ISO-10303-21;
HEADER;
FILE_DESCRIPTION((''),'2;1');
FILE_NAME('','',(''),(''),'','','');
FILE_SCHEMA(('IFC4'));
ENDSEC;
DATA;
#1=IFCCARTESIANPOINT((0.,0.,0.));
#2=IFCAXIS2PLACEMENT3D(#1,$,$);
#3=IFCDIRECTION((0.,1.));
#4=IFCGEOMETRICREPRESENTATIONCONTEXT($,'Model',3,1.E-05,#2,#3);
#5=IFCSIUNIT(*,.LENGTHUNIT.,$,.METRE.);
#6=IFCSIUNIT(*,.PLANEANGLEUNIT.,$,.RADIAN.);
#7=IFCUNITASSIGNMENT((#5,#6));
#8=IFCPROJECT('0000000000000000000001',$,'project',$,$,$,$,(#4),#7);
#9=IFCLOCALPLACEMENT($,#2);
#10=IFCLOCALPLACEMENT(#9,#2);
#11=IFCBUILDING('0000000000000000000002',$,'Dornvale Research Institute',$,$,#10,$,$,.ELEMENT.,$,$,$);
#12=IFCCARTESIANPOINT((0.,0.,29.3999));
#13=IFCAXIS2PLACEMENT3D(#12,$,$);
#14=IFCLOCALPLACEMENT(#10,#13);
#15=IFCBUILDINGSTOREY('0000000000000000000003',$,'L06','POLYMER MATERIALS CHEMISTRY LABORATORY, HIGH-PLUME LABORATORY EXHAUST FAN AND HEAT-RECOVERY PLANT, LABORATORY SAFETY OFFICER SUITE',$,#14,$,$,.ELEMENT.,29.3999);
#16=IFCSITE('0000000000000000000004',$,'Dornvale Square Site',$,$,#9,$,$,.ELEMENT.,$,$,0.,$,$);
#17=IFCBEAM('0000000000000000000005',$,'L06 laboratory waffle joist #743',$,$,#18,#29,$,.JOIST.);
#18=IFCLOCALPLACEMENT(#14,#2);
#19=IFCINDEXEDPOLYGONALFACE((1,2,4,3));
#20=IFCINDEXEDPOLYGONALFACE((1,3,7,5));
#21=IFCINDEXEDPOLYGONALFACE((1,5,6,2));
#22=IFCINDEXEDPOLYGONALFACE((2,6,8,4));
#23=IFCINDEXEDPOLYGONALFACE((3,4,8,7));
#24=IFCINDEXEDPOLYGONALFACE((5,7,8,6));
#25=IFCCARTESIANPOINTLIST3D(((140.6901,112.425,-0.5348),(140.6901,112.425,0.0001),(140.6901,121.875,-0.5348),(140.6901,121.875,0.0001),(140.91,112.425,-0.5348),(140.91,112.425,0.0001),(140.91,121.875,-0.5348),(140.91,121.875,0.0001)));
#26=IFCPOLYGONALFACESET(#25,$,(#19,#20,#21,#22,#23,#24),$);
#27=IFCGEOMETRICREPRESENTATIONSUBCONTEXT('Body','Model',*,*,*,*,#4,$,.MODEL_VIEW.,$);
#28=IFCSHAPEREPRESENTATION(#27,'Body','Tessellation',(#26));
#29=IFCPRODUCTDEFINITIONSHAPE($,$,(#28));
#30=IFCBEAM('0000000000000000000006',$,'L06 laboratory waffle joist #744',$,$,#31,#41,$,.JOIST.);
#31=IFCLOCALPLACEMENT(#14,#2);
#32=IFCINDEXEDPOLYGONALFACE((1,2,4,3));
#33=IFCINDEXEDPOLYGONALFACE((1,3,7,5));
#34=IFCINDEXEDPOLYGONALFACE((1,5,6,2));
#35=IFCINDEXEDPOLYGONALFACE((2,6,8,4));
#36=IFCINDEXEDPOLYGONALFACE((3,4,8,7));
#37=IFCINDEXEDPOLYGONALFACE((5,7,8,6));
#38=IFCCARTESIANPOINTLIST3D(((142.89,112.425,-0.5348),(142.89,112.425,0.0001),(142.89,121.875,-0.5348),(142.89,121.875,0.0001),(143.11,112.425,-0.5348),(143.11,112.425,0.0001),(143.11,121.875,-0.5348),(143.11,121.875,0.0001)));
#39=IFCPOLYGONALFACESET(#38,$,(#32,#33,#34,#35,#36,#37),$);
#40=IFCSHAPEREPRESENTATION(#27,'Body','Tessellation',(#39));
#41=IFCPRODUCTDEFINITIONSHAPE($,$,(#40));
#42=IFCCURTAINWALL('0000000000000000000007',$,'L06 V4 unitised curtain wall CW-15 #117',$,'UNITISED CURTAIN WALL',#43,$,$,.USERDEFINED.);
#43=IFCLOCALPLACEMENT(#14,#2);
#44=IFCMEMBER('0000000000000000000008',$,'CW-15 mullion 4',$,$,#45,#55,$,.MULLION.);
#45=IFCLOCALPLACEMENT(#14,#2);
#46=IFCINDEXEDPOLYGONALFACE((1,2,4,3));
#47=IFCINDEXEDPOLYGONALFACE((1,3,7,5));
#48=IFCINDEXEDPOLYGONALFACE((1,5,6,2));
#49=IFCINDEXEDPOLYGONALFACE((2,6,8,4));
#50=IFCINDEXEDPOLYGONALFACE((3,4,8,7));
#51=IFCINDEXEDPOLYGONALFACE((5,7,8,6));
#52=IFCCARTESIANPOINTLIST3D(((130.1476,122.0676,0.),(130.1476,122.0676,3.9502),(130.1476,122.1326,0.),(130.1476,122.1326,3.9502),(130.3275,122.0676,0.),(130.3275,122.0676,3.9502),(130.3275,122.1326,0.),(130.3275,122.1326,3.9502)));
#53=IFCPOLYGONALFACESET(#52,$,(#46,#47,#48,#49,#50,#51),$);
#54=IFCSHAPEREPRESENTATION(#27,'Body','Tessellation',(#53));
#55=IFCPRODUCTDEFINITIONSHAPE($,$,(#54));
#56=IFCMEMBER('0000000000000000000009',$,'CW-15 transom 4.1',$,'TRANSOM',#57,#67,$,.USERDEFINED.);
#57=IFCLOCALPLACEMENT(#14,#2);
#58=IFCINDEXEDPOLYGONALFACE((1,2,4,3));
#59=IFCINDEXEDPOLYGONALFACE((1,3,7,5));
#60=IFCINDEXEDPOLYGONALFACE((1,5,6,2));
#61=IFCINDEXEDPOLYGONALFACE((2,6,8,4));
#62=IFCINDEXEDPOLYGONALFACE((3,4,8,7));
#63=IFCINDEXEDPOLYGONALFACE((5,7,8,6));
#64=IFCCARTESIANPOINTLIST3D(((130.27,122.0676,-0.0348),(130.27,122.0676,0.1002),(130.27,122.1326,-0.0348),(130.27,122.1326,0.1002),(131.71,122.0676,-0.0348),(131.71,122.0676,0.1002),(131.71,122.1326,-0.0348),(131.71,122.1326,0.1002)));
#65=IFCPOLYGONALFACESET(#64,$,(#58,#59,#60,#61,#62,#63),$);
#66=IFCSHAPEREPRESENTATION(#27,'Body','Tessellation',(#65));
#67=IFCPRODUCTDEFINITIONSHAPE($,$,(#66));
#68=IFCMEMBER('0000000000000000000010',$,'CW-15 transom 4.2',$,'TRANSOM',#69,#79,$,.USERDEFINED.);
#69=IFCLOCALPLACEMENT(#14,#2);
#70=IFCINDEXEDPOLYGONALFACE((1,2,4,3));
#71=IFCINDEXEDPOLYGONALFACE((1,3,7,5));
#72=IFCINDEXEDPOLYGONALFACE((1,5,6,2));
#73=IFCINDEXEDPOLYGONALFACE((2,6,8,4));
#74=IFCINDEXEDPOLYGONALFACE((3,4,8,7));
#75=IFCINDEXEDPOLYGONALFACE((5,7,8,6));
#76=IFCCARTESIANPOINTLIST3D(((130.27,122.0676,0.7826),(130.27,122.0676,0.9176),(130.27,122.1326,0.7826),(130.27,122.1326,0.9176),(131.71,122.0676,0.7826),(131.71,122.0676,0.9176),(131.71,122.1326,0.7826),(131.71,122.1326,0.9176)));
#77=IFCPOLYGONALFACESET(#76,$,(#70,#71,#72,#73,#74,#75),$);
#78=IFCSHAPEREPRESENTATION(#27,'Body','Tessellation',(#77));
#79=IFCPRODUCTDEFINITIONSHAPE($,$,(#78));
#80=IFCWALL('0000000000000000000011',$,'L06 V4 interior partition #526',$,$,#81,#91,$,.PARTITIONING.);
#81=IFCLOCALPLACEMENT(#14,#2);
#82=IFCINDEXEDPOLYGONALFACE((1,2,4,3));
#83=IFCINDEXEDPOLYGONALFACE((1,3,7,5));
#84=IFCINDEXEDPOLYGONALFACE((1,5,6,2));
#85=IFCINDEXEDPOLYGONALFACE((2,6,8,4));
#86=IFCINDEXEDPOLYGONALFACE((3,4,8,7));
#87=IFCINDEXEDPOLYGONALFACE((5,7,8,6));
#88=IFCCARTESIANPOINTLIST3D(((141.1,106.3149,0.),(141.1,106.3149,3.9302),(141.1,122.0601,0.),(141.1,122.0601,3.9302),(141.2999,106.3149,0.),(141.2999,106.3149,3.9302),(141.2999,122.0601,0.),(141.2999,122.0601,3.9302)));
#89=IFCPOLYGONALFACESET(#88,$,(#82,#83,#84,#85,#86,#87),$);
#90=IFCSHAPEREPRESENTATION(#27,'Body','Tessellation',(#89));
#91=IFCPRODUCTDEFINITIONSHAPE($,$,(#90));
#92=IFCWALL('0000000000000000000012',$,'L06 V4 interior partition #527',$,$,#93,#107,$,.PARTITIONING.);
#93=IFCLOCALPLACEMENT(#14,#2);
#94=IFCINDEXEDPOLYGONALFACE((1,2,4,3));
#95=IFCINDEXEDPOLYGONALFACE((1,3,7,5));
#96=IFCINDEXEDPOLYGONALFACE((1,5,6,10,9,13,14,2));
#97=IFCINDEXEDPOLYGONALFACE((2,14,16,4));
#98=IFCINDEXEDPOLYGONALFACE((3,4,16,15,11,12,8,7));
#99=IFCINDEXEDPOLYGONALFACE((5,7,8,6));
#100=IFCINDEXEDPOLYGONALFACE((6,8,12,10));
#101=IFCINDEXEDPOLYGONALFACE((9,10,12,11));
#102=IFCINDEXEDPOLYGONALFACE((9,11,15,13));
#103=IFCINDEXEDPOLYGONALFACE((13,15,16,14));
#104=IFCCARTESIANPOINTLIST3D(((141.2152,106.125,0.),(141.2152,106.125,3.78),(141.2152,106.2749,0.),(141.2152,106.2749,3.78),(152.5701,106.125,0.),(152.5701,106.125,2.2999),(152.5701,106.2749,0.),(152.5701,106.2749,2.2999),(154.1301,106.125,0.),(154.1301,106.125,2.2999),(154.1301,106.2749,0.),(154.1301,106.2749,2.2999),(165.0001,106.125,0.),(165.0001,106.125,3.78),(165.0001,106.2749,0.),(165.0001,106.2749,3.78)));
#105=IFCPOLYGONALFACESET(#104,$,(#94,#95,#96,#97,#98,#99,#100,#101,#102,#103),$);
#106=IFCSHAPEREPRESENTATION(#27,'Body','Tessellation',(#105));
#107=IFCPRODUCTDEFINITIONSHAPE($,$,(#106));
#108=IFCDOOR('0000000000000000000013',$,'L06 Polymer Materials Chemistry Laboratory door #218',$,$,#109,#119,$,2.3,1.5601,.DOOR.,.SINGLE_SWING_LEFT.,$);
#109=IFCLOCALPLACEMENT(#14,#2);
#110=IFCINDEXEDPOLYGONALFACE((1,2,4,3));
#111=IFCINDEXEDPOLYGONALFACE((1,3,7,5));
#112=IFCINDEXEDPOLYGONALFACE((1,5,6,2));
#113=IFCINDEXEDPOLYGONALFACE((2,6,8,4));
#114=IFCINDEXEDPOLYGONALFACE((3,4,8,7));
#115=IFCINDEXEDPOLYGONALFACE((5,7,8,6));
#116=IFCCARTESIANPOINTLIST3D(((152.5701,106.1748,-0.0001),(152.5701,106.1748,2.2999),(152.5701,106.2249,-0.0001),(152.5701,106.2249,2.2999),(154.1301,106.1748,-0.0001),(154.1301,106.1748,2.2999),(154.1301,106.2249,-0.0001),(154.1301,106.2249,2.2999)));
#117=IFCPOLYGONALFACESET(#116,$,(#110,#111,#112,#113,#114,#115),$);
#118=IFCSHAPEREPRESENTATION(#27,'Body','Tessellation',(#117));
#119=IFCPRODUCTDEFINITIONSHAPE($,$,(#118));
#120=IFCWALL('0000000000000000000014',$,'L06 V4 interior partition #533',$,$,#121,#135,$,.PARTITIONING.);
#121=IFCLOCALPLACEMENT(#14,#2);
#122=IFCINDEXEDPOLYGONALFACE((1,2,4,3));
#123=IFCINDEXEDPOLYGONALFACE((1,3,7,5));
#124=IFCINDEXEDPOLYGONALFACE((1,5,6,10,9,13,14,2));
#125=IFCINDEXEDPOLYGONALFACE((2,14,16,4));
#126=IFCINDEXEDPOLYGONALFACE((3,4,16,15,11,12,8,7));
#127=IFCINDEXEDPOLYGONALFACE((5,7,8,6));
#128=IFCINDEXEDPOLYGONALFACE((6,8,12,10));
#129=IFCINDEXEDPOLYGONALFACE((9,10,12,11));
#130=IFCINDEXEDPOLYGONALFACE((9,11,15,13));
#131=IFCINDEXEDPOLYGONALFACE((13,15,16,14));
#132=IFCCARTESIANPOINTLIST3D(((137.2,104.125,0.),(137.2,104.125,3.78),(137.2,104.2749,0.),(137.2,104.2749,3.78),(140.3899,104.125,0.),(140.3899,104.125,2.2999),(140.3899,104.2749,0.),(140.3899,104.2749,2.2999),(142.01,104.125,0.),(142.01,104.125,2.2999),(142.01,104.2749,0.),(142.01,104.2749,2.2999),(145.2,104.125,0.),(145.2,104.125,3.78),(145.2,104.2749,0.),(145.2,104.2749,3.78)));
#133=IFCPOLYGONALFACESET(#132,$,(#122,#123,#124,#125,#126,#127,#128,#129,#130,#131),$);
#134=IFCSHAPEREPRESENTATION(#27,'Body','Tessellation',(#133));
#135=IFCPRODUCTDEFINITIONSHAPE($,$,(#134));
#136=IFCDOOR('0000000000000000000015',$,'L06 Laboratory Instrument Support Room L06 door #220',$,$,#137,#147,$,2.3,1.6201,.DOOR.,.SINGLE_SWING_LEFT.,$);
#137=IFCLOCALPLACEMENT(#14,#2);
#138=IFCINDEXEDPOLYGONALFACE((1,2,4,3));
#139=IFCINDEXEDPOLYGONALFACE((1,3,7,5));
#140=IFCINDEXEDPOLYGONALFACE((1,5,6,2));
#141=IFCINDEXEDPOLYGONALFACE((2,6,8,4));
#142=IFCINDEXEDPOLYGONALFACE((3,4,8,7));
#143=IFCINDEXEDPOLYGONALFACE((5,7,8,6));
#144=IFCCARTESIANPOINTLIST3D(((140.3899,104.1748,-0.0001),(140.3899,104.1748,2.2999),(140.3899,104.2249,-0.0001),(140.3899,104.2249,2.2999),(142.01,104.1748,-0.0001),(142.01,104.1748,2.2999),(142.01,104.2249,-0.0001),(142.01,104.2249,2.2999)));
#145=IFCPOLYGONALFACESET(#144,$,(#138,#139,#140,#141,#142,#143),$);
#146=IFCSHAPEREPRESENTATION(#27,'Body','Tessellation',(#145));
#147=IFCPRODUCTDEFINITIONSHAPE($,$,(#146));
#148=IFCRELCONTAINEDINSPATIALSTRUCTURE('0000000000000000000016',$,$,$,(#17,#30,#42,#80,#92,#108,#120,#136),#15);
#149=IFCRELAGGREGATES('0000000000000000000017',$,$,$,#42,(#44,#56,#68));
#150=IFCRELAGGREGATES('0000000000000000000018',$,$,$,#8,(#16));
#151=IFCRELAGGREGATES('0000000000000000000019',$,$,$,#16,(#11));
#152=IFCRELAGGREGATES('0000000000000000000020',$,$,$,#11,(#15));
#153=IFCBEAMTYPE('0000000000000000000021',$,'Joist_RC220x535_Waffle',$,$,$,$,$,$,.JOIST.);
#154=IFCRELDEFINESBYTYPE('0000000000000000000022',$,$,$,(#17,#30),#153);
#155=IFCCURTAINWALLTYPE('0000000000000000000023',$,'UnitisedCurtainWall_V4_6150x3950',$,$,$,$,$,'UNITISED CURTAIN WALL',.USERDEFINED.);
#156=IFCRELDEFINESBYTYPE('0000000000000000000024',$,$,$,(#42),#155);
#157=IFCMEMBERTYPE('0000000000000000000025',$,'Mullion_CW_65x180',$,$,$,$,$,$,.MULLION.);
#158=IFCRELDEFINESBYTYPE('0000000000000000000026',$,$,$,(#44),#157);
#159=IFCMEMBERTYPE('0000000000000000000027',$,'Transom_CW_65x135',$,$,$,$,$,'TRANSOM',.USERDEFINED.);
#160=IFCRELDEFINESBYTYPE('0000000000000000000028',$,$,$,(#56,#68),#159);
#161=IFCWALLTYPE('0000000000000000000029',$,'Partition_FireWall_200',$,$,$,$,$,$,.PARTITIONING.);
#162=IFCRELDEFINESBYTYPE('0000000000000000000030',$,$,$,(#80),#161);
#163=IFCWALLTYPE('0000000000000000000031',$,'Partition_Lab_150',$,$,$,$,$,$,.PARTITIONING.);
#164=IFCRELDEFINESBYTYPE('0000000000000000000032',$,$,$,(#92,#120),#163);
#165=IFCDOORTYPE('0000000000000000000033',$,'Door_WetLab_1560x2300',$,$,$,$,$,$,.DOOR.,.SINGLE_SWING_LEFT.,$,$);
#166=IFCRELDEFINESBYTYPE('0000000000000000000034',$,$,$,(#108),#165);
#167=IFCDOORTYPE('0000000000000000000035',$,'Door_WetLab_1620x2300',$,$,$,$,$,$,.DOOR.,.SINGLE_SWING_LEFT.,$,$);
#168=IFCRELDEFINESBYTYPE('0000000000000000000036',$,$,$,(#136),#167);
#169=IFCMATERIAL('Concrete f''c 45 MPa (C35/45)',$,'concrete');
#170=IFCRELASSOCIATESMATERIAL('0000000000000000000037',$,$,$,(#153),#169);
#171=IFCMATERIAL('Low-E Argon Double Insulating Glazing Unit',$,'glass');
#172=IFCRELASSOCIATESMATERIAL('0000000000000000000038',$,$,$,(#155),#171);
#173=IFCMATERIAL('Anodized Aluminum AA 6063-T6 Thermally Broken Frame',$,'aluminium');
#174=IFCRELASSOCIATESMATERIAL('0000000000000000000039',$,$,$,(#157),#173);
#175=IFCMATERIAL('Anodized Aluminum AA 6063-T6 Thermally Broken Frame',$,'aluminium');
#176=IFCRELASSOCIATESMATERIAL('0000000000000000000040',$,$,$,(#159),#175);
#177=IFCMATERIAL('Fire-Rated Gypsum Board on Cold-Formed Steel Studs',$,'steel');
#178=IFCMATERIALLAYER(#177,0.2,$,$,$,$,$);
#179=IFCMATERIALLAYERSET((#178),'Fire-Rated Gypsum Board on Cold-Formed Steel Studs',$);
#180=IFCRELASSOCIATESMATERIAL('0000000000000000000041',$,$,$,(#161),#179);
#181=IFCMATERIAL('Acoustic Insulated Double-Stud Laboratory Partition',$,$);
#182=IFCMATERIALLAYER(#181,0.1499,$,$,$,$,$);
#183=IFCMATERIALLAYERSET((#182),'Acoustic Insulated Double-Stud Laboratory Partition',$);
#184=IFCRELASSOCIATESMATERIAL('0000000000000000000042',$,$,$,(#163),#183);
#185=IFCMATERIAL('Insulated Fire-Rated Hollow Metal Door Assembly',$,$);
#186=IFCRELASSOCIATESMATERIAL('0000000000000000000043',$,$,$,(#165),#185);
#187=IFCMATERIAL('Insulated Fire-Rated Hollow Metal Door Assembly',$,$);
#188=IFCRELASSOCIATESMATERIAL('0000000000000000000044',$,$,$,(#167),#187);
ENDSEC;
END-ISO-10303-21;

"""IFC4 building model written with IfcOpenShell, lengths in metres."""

from ifc_helpers import new_model, si_unit, direction, frame, frame_2d, origin, origin_2d, place, context, subcontext, project, spatial, rectangle, extrude, material, layer, layer_set, material_profile, profile_set, type_object, element, fill, aggregate, save


model = new_model("IFC4")

# Units and contexts
model_context = context("Model", 3, precision=1e-05, world=origin(), true_north=direction((0.0, 1.0)))
body_context = subcontext(model_context, "Body", "Model", "MODEL_VIEW")
ifc_project = project(units=[si_unit("LENGTHUNIT", "METRE"), si_unit("PLANEANGLEUNIT", "RADIAN")], contexts=[model_context])

# Site, building, storey
site_placement = place(None, origin())
site = spatial("IfcSite", under=ifc_project, at=site_placement, Name="Dornvale Square Site", CompositionType="ELEMENT", RefElevation=0.0)
building_placement = place(site_placement, origin())
building = spatial("IfcBuilding", under=site, at=building_placement, Name="Dornvale Research Institute", CompositionType="ELEMENT")
storey_placement = place(building_placement, frame((0.0, 0.0, 29.3999)))
storey = spatial("IfcBuildingStorey", under=building, at=storey_placement, Name="L06", Description="POLYMER MATERIALS CHEMISTRY LABORATORY, HIGH-PLUME LABORATORY EXHAUST FAN AND HEAT-RECOVERY PLANT, LABORATORY SAFETY OFFICER SUITE", CompositionType="ELEMENT", Elevation=29.3999)

# Beams
ifc_material_1 = material(Name="Concrete f'c 45 MPa (C35/45)", Category="concrete")
ifc_material_profile_1 = material_profile(ifc_material_1, rectangle(XDim=0.22, YDim=0.5349, at=origin_2d()), Name="RC 220x535")
ifc_profile_set_1 = profile_set([ifc_material_profile_1], Name="Concrete f'c 45 MPa (C35/45)")
beam_type_1 = type_object("IfcBeamType", Name="Joist_RC220x535_Waffle", PredefinedType="JOIST", material=ifc_profile_set_1)
for number, where, z_axis, x_axis, name in (
    (1, (140.8, 112.425, -0.2673), (0.0, 1.0, 0.0), (-1.0, 0.0, 0.0), "L06 laboratory waffle joist #743"),
    (2, (143.0, 112.425, -0.2673), (0.0, 1.0, 0.0), (-1.0, 0.0, 0.0), "L06 laboratory waffle joist #744"),
):
    element("IfcBeam", number, at=place(storey_placement, frame(where, z_axis=z_axis, x_axis=x_axis)), inside=storey, type_object=beam_type_1, Name=name, PredefinedType="JOIST", context=body_context, shape_type="SweptSolid", body=[
        extrude(rectangle(XDim=0.22, YDim=0.5349, at=origin_2d()), origin(), (0.0, 0.0, 1.0), 9.45),
    ])

# Curtain wall, members
ifc_material_2 = material(Name="Low-E Argon Double Insulating Glazing Unit", Category="glass")
curtain_wall_type = type_object("IfcCurtainWallType", Name="UnitisedCurtainWall_V4_6150x3950", ElementType="UNITISED CURTAIN WALL", PredefinedType="USERDEFINED", material=ifc_material_2)
curtain_wall_placement = place(storey_placement, origin())
curtain_wall = element("IfcCurtainWall", 3, at=curtain_wall_placement, inside=storey, type_object=curtain_wall_type, Name="L06 V4 unitised curtain wall CW-15 #117", ObjectType="UNITISED CURTAIN WALL", PredefinedType="USERDEFINED")
ifc_material_3 = material(Name="Anodized Aluminum AA 6063-T6 Thermally Broken Frame", Category="aluminium")
ifc_material_profile_2 = material_profile(ifc_material_3, rectangle(XDim=0.0649, YDim=0.1799, at=origin_2d()), Name="ALU MULLION 65x180")
ifc_profile_set_2 = profile_set([ifc_material_profile_2], Name="Anodized Aluminum AA 6063-T6 Thermally Broken Frame")
member_type_1 = type_object("IfcMemberType", Name="Mullion_CW_65x180", PredefinedType="MULLION", material=ifc_profile_set_2)
member_1_placement = place(storey_placement, frame((130.2375, 122.1001, 0.0), z_axis=(0.0, 0.0, 1.0), x_axis=(0.0, 1.0, 0.0)))
member_1 = element("IfcMember", 4, at=member_1_placement, type_object=member_type_1, Name="CW-15 mullion 4", PredefinedType="MULLION", context=body_context, shape_type="SweptSolid", body=[
    extrude(rectangle(XDim=0.0649, YDim=0.1799, at=origin_2d()), origin(), (0.0, 0.0, 1.0), 3.9502),
])
ifc_material_4 = material(Name="Anodized Aluminum AA 6063-T6 Thermally Broken Frame", Category="aluminium")
ifc_material_profile_3 = material_profile(ifc_material_4, rectangle(XDim=0.0649, YDim=0.135, at=origin_2d()), Name="ALU TRANSOM 65x135")
ifc_profile_set_3 = profile_set([ifc_material_profile_3], Name="Anodized Aluminum AA 6063-T6 Thermally Broken Frame")
member_type_2 = type_object("IfcMemberType", Name="Transom_CW_65x135", ElementType="TRANSOM", PredefinedType="USERDEFINED", material=ifc_profile_set_3)
member_2_placement = place(storey_placement, frame((130.27, 122.1001, 0.0327), z_axis=(1.0, 0.0, 0.0), x_axis=(0.0, 1.0, 0.0)))
member_2 = element("IfcMember", 5, at=member_2_placement, type_object=member_type_2, Name="CW-15 transom 4.1", ObjectType="TRANSOM", PredefinedType="USERDEFINED", context=body_context, shape_type="SweptSolid", body=[
    extrude(rectangle(XDim=0.0649, YDim=0.135, at=origin_2d()), origin(), (0.0, 0.0, 1.0), 1.4399),
])
member_3_placement = place(storey_placement, frame((130.27, 122.1001, 0.8501), z_axis=(1.0, 0.0, 0.0), x_axis=(0.0, 1.0, 0.0)))
member_3 = element("IfcMember", 6, at=member_3_placement, type_object=member_type_2, Name="CW-15 transom 4.2", ObjectType="TRANSOM", PredefinedType="USERDEFINED", context=body_context, shape_type="SweptSolid", body=[
    extrude(rectangle(XDim=0.0649, YDim=0.135, at=origin_2d()), origin(), (0.0, 0.0, 1.0), 1.4399),
])
aggregate(curtain_wall, [member_1, member_2, member_3])

# Wall
ifc_material_5 = material(Name="Fire-Rated Gypsum Board on Cold-Formed Steel Studs", Category="steel")
ifc_layer_1 = layer(ifc_material_5, 0.2)
ifc_layer_set_1 = layer_set([ifc_layer_1], Name="Fire-Rated Gypsum Board on Cold-Formed Steel Studs")
wall_type_1 = type_object("IfcWallType", Name="Partition_FireWall_200", PredefinedType="PARTITIONING", material=ifc_layer_set_1)
wall_1_placement = place(storey_placement, frame((141.2, 106.3149, 0.0), z_axis=(0.0, 0.0, 1.0), x_axis=(0.0, 1.0, 0.0)))
element("IfcWall", 7, at=wall_1_placement, inside=storey, type_object=wall_type_1, Name="L06 V4 interior partition #526", PredefinedType="PARTITIONING", context=body_context, shape_type="SweptSolid", body=[
    extrude(rectangle(XDim=15.7451, YDim=0.2, at=frame_2d((7.8726, 0.0))), origin(), (0.0, 0.0, 1.0), 3.9302),
])

# Walls, openings, doors
ifc_material_6 = material(Name="Acoustic Insulated Double-Stud Laboratory Partition")
ifc_layer_2 = layer(ifc_material_6, 0.1499)
ifc_layer_set_2 = layer_set([ifc_layer_2], Name="Acoustic Insulated Double-Stud Laboratory Partition")
wall_type_2 = type_object("IfcWallType", Name="Partition_Lab_150", PredefinedType="PARTITIONING", material=ifc_layer_set_2)
wall_2_placement = place(storey_placement, frame((141.2151, 106.2, 0.0), z_axis=(0.0, 0.0, 1.0), x_axis=(1.0, 0.0, 0.0)))
wall_2 = element("IfcWall", 8, at=wall_2_placement, inside=storey, type_object=wall_type_2, Name="L06 V4 interior partition #527", PredefinedType="PARTITIONING", context=body_context, shape_type="SweptSolid", body=[
    extrude(rectangle(XDim=23.7849, YDim=0.1499, at=frame_2d((11.8926, 0.0))), origin(), (0.0, 0.0, 1.0), 3.78),
])
opening_1_placement = place(wall_2_placement, frame((11.355, 0.0, 0.0)))
opening_1 = element("IfcOpeningElement", 9, at=opening_1_placement, cuts=wall_2, PredefinedType="OPENING", context=body_context, shape_type="SweptSolid", body=[
    extrude(rectangle(XDim=1.5601, YDim=2.3, at=frame_2d((0.78, 1.1499))), frame((0.0, 0.0898, 0.0), z_axis=(0.0, -1.0, 0.0), x_axis=(1.0, 0.0, 0.0)), (0.0, 0.0, 1.0), 0.1799),
])
ifc_material_7 = material(Name="Insulated Fire-Rated Hollow Metal Door Assembly")
door_type_1 = type_object("IfcDoorType", Name="Door_WetLab_1560x2300", OperationType="SINGLE_SWING_LEFT", PredefinedType="DOOR", material=ifc_material_7)
door_1_placement = place(opening_1_placement, origin())
door_1 = element("IfcDoor", 10, at=door_1_placement, inside=storey, type_object=door_type_1, Name="L06 Polymer Materials Chemistry Laboratory door #218", OperationType="SINGLE_SWING_LEFT", OverallHeight=2.3, OverallWidth=1.5601, PredefinedType="DOOR", context=body_context, shape_type="SweptSolid", body=[
    extrude(rectangle(XDim=1.5601, YDim=2.3, at=frame_2d((0.78, 1.1499))), frame((0.0, 0.0249, 0.0), z_axis=(0.0, -1.0, 0.0), x_axis=(1.0, 0.0, 0.0)), (0.0, 0.0, 1.0), 0.05),
])
fill(opening_1, door_1)
wall_3_placement = place(storey_placement, frame((137.2, 104.2, 0.0), z_axis=(0.0, 0.0, 1.0), x_axis=(1.0, 0.0, 0.0)))
wall_3 = element("IfcWall", 11, at=wall_3_placement, inside=storey, type_object=wall_type_2, Name="L06 V4 interior partition #533", PredefinedType="PARTITIONING", context=body_context, shape_type="SweptSolid", body=[
    extrude(rectangle(XDim=8.0, YDim=0.1499, at=frame_2d((4.0, 0.0))), origin(), (0.0, 0.0, 1.0), 3.78),
])
opening_2_placement = place(wall_3_placement, frame((3.1899, 0.0, 0.0)))
opening_2 = element("IfcOpeningElement", 12, at=opening_2_placement, cuts=wall_3, PredefinedType="OPENING", context=body_context, shape_type="SweptSolid", body=[
    extrude(rectangle(XDim=1.6201, YDim=2.3, at=frame_2d((0.8101, 1.1499))), frame((0.0, 0.0898, 0.0), z_axis=(0.0, -1.0, 0.0), x_axis=(1.0, 0.0, 0.0)), (0.0, 0.0, 1.0), 0.1799),
])
ifc_material_8 = material(Name="Insulated Fire-Rated Hollow Metal Door Assembly")
door_type_2 = type_object("IfcDoorType", Name="Door_WetLab_1620x2300", OperationType="SINGLE_SWING_LEFT", PredefinedType="DOOR", material=ifc_material_8)
door_2_placement = place(opening_2_placement, origin())
door_2 = element("IfcDoor", 13, at=door_2_placement, inside=storey, type_object=door_type_2, Name="L06 Laboratory Instrument Support Room L06 door #220", OperationType="SINGLE_SWING_LEFT", OverallHeight=2.3, OverallWidth=1.6201, PredefinedType="DOOR", context=body_context, shape_type="SweptSolid", body=[
    extrude(rectangle(XDim=1.6201, YDim=2.3, at=frame_2d((0.8101, 1.1499))), frame((0.0, 0.0249, 0.0), z_axis=(0.0, -1.0, 0.0), x_axis=(1.0, 0.0, 0.0)), (0.0, 0.0, 1.0), 0.05),
])
fill(opening_2, door_2)

save(model, "model.ifc")
